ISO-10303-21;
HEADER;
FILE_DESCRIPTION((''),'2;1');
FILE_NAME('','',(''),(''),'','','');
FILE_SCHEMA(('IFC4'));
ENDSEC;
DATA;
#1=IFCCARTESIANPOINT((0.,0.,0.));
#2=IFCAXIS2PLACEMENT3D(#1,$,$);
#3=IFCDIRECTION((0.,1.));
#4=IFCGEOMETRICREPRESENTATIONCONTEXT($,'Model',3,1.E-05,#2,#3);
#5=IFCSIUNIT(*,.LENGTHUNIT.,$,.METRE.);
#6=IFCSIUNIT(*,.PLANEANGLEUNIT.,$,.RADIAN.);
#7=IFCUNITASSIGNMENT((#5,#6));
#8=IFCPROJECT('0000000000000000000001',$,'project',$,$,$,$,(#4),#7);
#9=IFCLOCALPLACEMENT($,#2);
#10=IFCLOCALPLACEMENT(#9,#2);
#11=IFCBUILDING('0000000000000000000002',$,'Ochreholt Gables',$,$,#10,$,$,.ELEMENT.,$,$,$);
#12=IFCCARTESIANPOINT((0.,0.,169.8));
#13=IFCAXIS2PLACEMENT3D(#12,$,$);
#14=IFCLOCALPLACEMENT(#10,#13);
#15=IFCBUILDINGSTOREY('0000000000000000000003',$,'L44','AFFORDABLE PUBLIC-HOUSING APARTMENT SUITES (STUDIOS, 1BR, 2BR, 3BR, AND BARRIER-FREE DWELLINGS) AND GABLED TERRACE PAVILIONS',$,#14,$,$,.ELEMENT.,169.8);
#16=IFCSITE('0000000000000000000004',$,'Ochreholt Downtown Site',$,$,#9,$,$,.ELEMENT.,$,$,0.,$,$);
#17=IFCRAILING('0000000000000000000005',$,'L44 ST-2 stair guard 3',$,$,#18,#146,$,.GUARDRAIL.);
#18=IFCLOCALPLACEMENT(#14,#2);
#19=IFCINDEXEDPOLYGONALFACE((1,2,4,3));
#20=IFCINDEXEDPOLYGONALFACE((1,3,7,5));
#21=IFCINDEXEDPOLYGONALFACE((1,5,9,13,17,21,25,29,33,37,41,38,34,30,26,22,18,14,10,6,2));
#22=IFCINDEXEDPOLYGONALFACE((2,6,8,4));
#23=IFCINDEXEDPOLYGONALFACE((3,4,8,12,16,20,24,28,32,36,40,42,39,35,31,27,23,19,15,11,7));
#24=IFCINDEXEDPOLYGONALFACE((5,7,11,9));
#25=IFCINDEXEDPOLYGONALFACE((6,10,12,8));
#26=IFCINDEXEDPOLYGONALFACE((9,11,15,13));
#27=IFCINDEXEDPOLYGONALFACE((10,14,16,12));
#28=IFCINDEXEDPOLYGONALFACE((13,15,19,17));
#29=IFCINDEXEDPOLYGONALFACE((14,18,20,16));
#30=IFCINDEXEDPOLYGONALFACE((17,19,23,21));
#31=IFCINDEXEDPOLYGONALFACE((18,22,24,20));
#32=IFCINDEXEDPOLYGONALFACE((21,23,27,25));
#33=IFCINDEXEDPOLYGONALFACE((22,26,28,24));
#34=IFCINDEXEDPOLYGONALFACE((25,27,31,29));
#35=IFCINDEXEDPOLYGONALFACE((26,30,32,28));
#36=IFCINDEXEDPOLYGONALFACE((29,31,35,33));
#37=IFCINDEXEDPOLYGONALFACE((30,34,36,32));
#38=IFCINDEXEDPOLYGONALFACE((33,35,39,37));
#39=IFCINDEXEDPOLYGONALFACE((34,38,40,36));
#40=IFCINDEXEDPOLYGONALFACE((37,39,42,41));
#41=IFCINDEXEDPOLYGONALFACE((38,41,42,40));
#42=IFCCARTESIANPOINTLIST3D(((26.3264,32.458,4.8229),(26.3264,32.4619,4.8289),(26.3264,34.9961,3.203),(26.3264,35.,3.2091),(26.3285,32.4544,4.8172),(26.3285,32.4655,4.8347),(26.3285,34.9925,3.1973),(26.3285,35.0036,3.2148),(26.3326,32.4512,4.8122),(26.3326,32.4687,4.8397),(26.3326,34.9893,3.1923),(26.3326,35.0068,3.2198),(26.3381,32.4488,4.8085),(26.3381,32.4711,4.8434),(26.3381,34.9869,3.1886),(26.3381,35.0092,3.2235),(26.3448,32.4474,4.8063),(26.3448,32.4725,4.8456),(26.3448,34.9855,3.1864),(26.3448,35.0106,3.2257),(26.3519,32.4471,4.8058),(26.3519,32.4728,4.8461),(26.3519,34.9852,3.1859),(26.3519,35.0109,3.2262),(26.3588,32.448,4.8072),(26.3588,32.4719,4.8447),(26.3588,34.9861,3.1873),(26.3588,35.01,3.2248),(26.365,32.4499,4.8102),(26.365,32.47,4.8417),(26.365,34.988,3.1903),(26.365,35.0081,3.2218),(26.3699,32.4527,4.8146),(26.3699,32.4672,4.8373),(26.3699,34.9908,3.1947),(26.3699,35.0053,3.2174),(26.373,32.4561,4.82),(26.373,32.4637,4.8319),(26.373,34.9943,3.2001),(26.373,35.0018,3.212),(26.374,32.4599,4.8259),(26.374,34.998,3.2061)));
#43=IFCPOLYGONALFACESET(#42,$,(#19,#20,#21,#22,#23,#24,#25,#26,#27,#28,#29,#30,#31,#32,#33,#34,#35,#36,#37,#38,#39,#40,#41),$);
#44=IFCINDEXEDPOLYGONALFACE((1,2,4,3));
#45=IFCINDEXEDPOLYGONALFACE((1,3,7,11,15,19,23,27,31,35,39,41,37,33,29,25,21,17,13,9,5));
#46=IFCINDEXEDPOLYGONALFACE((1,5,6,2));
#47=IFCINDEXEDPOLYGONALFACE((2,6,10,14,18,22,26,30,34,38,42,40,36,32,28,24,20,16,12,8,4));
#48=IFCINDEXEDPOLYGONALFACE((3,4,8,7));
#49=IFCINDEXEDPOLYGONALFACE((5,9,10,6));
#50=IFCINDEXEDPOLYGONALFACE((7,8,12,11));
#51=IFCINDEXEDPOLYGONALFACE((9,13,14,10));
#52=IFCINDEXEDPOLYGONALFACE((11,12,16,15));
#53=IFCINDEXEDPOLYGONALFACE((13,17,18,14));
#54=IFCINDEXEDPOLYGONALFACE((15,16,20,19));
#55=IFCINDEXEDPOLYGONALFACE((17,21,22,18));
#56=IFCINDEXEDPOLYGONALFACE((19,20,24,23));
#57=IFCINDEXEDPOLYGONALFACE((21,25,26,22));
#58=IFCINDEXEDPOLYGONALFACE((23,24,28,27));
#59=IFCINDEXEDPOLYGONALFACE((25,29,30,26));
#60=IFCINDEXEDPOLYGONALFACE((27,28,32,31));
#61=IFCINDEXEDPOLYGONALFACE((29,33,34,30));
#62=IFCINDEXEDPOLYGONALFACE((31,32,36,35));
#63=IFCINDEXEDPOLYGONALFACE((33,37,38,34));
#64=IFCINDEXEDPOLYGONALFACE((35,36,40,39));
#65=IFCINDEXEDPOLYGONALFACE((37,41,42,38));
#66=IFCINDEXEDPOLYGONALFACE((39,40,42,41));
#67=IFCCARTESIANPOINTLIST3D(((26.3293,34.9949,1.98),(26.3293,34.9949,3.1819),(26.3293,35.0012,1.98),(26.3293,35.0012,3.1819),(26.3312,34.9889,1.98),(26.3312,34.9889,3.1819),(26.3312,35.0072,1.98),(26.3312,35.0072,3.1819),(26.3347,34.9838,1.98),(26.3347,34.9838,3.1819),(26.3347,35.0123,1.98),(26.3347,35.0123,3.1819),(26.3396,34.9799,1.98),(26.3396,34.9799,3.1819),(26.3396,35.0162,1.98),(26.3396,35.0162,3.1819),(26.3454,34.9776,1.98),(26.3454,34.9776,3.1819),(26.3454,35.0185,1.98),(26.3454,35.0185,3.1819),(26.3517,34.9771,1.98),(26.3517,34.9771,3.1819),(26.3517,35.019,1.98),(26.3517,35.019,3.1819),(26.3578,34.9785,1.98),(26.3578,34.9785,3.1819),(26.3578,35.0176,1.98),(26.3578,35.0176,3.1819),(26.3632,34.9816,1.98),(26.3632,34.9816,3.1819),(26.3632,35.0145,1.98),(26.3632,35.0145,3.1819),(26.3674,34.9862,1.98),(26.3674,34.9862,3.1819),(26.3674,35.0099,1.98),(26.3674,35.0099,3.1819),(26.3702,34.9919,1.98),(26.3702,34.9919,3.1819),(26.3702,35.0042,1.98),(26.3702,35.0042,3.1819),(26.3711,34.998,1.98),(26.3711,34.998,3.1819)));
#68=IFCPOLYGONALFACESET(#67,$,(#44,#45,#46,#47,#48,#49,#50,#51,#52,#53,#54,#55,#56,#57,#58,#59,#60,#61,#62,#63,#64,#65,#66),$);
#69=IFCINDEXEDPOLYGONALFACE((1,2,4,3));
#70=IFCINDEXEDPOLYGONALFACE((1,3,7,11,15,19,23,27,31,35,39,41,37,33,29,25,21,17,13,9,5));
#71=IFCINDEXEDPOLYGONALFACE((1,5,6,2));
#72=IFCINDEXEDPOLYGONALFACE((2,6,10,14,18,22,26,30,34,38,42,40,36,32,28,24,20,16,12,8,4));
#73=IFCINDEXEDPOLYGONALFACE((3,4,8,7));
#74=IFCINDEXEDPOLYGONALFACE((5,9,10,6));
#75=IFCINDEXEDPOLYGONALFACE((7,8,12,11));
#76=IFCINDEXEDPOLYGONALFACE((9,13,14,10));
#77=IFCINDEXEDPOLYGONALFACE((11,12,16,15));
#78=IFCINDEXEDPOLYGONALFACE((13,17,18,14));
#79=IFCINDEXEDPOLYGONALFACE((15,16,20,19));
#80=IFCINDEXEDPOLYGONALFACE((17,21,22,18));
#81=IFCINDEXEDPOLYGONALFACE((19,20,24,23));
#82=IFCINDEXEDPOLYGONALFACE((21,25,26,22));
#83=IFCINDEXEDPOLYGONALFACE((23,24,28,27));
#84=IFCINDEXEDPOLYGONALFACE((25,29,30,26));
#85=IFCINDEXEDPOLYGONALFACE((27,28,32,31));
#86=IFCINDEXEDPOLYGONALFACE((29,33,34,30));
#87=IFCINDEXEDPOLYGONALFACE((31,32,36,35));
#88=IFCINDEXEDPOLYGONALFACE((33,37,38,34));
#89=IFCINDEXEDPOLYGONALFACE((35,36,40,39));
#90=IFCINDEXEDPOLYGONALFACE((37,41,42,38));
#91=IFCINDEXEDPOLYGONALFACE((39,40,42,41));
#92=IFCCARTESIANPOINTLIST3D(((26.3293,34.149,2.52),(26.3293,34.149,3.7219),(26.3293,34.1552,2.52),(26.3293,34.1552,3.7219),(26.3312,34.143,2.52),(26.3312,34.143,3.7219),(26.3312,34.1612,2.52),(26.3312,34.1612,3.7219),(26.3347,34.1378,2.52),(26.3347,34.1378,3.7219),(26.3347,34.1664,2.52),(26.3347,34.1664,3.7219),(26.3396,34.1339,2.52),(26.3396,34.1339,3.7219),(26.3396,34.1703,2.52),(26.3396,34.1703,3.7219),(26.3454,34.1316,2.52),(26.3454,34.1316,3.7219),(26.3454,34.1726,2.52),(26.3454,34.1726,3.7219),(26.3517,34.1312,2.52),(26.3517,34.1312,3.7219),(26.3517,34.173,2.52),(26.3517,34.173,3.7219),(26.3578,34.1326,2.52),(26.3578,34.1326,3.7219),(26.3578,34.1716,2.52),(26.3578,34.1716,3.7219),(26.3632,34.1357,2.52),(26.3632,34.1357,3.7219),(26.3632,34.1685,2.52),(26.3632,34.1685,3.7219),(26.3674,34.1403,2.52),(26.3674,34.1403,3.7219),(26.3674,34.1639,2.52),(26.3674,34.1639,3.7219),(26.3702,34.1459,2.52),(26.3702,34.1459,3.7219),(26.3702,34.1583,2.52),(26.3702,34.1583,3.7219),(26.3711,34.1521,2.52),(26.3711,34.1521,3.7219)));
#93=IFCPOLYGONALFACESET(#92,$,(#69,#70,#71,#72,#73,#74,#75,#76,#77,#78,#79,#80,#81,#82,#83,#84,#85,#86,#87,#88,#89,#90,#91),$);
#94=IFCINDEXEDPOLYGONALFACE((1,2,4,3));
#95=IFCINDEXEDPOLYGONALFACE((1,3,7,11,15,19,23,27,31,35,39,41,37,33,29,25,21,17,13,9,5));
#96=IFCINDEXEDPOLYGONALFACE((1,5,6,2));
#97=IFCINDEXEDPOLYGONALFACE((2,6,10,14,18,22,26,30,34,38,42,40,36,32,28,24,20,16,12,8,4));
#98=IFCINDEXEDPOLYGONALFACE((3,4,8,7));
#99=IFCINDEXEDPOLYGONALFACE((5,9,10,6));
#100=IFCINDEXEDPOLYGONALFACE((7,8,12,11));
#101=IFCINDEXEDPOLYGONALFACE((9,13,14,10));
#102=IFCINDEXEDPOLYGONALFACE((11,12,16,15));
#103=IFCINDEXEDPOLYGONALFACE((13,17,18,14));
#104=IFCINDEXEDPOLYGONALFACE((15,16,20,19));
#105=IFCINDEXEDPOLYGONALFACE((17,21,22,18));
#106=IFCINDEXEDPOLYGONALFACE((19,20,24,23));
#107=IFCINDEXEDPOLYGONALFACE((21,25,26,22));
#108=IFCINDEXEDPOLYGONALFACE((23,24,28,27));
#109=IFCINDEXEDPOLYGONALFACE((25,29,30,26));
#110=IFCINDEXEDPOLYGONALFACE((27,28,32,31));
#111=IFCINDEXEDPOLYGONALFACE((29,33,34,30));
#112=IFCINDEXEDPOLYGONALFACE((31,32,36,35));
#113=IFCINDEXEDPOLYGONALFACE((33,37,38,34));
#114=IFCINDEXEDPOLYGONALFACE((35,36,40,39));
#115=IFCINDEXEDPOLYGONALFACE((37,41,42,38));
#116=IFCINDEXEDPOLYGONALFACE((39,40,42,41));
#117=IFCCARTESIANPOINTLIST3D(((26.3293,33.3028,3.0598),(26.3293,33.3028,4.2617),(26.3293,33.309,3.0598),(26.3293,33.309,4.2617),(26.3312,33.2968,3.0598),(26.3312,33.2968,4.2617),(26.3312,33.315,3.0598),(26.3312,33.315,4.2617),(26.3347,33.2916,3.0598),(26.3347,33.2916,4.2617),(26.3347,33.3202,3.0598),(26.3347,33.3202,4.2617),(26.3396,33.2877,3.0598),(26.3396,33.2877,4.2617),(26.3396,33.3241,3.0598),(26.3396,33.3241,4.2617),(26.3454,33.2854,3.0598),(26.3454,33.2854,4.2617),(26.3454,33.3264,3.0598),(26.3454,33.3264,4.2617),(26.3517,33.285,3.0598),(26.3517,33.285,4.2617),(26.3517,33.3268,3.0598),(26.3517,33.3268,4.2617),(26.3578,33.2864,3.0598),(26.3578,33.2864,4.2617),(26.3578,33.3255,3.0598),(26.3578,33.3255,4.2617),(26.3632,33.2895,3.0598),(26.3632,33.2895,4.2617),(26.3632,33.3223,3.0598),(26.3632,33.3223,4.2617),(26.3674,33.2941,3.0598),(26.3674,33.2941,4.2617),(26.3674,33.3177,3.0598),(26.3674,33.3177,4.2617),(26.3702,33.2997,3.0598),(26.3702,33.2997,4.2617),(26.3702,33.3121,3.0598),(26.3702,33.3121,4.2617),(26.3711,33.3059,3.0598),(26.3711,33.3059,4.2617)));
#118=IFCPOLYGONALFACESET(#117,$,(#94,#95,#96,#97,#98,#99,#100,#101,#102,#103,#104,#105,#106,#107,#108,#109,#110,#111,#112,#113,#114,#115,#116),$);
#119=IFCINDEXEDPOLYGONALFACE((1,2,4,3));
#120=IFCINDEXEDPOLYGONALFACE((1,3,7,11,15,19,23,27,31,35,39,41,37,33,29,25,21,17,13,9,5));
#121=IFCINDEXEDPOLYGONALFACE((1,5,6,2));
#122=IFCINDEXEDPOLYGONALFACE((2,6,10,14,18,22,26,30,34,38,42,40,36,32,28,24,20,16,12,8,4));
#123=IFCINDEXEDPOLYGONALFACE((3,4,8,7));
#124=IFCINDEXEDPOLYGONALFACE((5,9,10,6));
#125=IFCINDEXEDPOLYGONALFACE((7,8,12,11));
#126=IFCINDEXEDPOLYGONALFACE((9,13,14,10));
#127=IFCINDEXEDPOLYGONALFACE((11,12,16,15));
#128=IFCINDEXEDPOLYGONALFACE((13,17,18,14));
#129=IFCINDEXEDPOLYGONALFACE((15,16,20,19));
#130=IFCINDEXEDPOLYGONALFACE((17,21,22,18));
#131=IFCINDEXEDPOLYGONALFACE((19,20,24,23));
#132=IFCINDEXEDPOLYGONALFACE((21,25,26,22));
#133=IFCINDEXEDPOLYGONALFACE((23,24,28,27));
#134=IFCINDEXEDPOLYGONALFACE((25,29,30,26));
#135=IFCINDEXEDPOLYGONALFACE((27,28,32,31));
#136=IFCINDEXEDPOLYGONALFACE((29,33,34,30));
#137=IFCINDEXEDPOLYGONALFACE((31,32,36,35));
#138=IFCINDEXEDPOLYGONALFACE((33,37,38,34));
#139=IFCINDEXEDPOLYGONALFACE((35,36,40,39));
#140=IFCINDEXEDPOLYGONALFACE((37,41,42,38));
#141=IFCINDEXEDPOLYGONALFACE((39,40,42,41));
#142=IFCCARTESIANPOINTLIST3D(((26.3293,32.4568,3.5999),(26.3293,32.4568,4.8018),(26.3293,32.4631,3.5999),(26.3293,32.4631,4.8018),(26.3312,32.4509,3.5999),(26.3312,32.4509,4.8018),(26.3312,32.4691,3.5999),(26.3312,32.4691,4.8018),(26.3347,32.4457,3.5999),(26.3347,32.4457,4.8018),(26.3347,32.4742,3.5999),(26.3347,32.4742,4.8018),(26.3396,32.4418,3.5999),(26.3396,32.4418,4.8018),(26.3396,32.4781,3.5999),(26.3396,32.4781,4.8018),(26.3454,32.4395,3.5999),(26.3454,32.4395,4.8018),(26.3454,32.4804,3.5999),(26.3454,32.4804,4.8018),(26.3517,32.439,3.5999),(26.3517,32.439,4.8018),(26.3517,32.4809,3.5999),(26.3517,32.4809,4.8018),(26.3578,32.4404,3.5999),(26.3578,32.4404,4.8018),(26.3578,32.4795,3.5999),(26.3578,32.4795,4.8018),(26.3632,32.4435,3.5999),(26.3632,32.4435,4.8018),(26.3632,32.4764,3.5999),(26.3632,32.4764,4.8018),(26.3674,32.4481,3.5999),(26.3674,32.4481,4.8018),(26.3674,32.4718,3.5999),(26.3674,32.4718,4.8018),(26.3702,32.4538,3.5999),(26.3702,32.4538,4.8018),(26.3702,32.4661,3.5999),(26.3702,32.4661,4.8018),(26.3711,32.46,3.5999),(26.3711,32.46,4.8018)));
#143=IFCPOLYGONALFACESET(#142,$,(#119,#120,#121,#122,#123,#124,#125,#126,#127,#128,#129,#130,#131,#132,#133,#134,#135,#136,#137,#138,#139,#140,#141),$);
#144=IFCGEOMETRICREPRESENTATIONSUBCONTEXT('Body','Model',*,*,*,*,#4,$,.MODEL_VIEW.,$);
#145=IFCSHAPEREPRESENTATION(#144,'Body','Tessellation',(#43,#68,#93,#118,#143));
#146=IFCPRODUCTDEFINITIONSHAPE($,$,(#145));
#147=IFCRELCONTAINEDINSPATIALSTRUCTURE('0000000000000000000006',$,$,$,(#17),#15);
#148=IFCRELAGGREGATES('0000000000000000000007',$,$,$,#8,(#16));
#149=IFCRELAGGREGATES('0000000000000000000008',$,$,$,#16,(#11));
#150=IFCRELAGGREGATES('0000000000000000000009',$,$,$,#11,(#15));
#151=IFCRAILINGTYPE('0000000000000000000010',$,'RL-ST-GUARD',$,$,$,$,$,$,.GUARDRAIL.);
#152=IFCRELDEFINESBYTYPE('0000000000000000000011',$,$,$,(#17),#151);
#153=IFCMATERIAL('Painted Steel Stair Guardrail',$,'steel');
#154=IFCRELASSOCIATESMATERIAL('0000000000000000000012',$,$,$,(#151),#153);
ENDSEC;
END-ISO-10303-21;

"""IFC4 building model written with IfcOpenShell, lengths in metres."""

from ifc_helpers import new_model, si_unit, direction, frame, origin, origin_2d, place, context, subcontext, project, spatial, circle, extrude, material, type_object, element, save


model = new_model("IFC4")

# Units and contexts
model_context = context("Model", 3, precision=1e-05, world=origin(), true_north=direction((0.0, 1.0)))
body_context = subcontext(model_context, "Body", "Model", "MODEL_VIEW")
ifc_project = project(units=[si_unit("LENGTHUNIT", "METRE"), si_unit("PLANEANGLEUNIT", "RADIAN")], contexts=[model_context])

# Site, building, storey
site_placement = place(None, origin())
site = spatial("IfcSite", under=ifc_project, at=site_placement, Name="Ochreholt Downtown Site", CompositionType="ELEMENT", RefElevation=0.0)
building_placement = place(site_placement, origin())
building = spatial("IfcBuilding", under=site, at=building_placement, Name="Ochreholt Gables", CompositionType="ELEMENT")
storey_placement = place(building_placement, frame((0.0, 0.0, 169.8)))
storey = spatial("IfcBuildingStorey", under=building, at=storey_placement, Name="L44", Description="AFFORDABLE PUBLIC-HOUSING APARTMENT SUITES (STUDIOS, 1BR, 2BR, 3BR, AND BARRIER-FREE DWELLINGS) AND GABLED TERRACE PAVILIONS", CompositionType="ELEMENT", Elevation=169.8)

# Railing
ifc_material_1 = material(Name="Painted Steel Stair Guardrail", Category="steel")
railing_type_1 = type_object("IfcRailingType", Name="RL-ST-GUARD", PredefinedType="GUARDRAIL", material=ifc_material_1)
railing_1_placement = place(storey_placement, frame((26.3501, 34.998, 1.98)))
element("IfcRailing", 1, at=railing_1_placement, inside=storey, type_object=railing_type_1, Name="L44 ST-2 stair guard 3", PredefinedType="GUARDRAIL", context=body_context, shape_type="SweptSolid", body=[
    extrude(circle(Radius=0.0239, at=origin_2d()), frame((0.0, 0.0, 1.2261), z_axis=(0.0, -0.84295, 0.537993), x_axis=(1.0, 0.0, 0.0)), (0.0, 0.0, 1.0), 3.011),
    extrude(circle(Radius=0.021, at=origin_2d()), origin(), (0.0, 0.0, 1.0), 1.2019),
    extrude(circle(Radius=0.021, at=origin_2d()), frame((0.0, -0.8459, 0.54)), (0.0, 0.0, 1.0), 1.2019),
    extrude(circle(Radius=0.021, at=origin_2d()), frame((0.0, -1.6921, 1.0798)), (0.0, 0.0, 1.0), 1.2019),
    extrude(circle(Radius=0.021, at=origin_2d()), frame((0.0, -2.5381, 1.6199)), (0.0, 0.0, 1.0), 1.2019),
])

save(model, "model.ifc")
